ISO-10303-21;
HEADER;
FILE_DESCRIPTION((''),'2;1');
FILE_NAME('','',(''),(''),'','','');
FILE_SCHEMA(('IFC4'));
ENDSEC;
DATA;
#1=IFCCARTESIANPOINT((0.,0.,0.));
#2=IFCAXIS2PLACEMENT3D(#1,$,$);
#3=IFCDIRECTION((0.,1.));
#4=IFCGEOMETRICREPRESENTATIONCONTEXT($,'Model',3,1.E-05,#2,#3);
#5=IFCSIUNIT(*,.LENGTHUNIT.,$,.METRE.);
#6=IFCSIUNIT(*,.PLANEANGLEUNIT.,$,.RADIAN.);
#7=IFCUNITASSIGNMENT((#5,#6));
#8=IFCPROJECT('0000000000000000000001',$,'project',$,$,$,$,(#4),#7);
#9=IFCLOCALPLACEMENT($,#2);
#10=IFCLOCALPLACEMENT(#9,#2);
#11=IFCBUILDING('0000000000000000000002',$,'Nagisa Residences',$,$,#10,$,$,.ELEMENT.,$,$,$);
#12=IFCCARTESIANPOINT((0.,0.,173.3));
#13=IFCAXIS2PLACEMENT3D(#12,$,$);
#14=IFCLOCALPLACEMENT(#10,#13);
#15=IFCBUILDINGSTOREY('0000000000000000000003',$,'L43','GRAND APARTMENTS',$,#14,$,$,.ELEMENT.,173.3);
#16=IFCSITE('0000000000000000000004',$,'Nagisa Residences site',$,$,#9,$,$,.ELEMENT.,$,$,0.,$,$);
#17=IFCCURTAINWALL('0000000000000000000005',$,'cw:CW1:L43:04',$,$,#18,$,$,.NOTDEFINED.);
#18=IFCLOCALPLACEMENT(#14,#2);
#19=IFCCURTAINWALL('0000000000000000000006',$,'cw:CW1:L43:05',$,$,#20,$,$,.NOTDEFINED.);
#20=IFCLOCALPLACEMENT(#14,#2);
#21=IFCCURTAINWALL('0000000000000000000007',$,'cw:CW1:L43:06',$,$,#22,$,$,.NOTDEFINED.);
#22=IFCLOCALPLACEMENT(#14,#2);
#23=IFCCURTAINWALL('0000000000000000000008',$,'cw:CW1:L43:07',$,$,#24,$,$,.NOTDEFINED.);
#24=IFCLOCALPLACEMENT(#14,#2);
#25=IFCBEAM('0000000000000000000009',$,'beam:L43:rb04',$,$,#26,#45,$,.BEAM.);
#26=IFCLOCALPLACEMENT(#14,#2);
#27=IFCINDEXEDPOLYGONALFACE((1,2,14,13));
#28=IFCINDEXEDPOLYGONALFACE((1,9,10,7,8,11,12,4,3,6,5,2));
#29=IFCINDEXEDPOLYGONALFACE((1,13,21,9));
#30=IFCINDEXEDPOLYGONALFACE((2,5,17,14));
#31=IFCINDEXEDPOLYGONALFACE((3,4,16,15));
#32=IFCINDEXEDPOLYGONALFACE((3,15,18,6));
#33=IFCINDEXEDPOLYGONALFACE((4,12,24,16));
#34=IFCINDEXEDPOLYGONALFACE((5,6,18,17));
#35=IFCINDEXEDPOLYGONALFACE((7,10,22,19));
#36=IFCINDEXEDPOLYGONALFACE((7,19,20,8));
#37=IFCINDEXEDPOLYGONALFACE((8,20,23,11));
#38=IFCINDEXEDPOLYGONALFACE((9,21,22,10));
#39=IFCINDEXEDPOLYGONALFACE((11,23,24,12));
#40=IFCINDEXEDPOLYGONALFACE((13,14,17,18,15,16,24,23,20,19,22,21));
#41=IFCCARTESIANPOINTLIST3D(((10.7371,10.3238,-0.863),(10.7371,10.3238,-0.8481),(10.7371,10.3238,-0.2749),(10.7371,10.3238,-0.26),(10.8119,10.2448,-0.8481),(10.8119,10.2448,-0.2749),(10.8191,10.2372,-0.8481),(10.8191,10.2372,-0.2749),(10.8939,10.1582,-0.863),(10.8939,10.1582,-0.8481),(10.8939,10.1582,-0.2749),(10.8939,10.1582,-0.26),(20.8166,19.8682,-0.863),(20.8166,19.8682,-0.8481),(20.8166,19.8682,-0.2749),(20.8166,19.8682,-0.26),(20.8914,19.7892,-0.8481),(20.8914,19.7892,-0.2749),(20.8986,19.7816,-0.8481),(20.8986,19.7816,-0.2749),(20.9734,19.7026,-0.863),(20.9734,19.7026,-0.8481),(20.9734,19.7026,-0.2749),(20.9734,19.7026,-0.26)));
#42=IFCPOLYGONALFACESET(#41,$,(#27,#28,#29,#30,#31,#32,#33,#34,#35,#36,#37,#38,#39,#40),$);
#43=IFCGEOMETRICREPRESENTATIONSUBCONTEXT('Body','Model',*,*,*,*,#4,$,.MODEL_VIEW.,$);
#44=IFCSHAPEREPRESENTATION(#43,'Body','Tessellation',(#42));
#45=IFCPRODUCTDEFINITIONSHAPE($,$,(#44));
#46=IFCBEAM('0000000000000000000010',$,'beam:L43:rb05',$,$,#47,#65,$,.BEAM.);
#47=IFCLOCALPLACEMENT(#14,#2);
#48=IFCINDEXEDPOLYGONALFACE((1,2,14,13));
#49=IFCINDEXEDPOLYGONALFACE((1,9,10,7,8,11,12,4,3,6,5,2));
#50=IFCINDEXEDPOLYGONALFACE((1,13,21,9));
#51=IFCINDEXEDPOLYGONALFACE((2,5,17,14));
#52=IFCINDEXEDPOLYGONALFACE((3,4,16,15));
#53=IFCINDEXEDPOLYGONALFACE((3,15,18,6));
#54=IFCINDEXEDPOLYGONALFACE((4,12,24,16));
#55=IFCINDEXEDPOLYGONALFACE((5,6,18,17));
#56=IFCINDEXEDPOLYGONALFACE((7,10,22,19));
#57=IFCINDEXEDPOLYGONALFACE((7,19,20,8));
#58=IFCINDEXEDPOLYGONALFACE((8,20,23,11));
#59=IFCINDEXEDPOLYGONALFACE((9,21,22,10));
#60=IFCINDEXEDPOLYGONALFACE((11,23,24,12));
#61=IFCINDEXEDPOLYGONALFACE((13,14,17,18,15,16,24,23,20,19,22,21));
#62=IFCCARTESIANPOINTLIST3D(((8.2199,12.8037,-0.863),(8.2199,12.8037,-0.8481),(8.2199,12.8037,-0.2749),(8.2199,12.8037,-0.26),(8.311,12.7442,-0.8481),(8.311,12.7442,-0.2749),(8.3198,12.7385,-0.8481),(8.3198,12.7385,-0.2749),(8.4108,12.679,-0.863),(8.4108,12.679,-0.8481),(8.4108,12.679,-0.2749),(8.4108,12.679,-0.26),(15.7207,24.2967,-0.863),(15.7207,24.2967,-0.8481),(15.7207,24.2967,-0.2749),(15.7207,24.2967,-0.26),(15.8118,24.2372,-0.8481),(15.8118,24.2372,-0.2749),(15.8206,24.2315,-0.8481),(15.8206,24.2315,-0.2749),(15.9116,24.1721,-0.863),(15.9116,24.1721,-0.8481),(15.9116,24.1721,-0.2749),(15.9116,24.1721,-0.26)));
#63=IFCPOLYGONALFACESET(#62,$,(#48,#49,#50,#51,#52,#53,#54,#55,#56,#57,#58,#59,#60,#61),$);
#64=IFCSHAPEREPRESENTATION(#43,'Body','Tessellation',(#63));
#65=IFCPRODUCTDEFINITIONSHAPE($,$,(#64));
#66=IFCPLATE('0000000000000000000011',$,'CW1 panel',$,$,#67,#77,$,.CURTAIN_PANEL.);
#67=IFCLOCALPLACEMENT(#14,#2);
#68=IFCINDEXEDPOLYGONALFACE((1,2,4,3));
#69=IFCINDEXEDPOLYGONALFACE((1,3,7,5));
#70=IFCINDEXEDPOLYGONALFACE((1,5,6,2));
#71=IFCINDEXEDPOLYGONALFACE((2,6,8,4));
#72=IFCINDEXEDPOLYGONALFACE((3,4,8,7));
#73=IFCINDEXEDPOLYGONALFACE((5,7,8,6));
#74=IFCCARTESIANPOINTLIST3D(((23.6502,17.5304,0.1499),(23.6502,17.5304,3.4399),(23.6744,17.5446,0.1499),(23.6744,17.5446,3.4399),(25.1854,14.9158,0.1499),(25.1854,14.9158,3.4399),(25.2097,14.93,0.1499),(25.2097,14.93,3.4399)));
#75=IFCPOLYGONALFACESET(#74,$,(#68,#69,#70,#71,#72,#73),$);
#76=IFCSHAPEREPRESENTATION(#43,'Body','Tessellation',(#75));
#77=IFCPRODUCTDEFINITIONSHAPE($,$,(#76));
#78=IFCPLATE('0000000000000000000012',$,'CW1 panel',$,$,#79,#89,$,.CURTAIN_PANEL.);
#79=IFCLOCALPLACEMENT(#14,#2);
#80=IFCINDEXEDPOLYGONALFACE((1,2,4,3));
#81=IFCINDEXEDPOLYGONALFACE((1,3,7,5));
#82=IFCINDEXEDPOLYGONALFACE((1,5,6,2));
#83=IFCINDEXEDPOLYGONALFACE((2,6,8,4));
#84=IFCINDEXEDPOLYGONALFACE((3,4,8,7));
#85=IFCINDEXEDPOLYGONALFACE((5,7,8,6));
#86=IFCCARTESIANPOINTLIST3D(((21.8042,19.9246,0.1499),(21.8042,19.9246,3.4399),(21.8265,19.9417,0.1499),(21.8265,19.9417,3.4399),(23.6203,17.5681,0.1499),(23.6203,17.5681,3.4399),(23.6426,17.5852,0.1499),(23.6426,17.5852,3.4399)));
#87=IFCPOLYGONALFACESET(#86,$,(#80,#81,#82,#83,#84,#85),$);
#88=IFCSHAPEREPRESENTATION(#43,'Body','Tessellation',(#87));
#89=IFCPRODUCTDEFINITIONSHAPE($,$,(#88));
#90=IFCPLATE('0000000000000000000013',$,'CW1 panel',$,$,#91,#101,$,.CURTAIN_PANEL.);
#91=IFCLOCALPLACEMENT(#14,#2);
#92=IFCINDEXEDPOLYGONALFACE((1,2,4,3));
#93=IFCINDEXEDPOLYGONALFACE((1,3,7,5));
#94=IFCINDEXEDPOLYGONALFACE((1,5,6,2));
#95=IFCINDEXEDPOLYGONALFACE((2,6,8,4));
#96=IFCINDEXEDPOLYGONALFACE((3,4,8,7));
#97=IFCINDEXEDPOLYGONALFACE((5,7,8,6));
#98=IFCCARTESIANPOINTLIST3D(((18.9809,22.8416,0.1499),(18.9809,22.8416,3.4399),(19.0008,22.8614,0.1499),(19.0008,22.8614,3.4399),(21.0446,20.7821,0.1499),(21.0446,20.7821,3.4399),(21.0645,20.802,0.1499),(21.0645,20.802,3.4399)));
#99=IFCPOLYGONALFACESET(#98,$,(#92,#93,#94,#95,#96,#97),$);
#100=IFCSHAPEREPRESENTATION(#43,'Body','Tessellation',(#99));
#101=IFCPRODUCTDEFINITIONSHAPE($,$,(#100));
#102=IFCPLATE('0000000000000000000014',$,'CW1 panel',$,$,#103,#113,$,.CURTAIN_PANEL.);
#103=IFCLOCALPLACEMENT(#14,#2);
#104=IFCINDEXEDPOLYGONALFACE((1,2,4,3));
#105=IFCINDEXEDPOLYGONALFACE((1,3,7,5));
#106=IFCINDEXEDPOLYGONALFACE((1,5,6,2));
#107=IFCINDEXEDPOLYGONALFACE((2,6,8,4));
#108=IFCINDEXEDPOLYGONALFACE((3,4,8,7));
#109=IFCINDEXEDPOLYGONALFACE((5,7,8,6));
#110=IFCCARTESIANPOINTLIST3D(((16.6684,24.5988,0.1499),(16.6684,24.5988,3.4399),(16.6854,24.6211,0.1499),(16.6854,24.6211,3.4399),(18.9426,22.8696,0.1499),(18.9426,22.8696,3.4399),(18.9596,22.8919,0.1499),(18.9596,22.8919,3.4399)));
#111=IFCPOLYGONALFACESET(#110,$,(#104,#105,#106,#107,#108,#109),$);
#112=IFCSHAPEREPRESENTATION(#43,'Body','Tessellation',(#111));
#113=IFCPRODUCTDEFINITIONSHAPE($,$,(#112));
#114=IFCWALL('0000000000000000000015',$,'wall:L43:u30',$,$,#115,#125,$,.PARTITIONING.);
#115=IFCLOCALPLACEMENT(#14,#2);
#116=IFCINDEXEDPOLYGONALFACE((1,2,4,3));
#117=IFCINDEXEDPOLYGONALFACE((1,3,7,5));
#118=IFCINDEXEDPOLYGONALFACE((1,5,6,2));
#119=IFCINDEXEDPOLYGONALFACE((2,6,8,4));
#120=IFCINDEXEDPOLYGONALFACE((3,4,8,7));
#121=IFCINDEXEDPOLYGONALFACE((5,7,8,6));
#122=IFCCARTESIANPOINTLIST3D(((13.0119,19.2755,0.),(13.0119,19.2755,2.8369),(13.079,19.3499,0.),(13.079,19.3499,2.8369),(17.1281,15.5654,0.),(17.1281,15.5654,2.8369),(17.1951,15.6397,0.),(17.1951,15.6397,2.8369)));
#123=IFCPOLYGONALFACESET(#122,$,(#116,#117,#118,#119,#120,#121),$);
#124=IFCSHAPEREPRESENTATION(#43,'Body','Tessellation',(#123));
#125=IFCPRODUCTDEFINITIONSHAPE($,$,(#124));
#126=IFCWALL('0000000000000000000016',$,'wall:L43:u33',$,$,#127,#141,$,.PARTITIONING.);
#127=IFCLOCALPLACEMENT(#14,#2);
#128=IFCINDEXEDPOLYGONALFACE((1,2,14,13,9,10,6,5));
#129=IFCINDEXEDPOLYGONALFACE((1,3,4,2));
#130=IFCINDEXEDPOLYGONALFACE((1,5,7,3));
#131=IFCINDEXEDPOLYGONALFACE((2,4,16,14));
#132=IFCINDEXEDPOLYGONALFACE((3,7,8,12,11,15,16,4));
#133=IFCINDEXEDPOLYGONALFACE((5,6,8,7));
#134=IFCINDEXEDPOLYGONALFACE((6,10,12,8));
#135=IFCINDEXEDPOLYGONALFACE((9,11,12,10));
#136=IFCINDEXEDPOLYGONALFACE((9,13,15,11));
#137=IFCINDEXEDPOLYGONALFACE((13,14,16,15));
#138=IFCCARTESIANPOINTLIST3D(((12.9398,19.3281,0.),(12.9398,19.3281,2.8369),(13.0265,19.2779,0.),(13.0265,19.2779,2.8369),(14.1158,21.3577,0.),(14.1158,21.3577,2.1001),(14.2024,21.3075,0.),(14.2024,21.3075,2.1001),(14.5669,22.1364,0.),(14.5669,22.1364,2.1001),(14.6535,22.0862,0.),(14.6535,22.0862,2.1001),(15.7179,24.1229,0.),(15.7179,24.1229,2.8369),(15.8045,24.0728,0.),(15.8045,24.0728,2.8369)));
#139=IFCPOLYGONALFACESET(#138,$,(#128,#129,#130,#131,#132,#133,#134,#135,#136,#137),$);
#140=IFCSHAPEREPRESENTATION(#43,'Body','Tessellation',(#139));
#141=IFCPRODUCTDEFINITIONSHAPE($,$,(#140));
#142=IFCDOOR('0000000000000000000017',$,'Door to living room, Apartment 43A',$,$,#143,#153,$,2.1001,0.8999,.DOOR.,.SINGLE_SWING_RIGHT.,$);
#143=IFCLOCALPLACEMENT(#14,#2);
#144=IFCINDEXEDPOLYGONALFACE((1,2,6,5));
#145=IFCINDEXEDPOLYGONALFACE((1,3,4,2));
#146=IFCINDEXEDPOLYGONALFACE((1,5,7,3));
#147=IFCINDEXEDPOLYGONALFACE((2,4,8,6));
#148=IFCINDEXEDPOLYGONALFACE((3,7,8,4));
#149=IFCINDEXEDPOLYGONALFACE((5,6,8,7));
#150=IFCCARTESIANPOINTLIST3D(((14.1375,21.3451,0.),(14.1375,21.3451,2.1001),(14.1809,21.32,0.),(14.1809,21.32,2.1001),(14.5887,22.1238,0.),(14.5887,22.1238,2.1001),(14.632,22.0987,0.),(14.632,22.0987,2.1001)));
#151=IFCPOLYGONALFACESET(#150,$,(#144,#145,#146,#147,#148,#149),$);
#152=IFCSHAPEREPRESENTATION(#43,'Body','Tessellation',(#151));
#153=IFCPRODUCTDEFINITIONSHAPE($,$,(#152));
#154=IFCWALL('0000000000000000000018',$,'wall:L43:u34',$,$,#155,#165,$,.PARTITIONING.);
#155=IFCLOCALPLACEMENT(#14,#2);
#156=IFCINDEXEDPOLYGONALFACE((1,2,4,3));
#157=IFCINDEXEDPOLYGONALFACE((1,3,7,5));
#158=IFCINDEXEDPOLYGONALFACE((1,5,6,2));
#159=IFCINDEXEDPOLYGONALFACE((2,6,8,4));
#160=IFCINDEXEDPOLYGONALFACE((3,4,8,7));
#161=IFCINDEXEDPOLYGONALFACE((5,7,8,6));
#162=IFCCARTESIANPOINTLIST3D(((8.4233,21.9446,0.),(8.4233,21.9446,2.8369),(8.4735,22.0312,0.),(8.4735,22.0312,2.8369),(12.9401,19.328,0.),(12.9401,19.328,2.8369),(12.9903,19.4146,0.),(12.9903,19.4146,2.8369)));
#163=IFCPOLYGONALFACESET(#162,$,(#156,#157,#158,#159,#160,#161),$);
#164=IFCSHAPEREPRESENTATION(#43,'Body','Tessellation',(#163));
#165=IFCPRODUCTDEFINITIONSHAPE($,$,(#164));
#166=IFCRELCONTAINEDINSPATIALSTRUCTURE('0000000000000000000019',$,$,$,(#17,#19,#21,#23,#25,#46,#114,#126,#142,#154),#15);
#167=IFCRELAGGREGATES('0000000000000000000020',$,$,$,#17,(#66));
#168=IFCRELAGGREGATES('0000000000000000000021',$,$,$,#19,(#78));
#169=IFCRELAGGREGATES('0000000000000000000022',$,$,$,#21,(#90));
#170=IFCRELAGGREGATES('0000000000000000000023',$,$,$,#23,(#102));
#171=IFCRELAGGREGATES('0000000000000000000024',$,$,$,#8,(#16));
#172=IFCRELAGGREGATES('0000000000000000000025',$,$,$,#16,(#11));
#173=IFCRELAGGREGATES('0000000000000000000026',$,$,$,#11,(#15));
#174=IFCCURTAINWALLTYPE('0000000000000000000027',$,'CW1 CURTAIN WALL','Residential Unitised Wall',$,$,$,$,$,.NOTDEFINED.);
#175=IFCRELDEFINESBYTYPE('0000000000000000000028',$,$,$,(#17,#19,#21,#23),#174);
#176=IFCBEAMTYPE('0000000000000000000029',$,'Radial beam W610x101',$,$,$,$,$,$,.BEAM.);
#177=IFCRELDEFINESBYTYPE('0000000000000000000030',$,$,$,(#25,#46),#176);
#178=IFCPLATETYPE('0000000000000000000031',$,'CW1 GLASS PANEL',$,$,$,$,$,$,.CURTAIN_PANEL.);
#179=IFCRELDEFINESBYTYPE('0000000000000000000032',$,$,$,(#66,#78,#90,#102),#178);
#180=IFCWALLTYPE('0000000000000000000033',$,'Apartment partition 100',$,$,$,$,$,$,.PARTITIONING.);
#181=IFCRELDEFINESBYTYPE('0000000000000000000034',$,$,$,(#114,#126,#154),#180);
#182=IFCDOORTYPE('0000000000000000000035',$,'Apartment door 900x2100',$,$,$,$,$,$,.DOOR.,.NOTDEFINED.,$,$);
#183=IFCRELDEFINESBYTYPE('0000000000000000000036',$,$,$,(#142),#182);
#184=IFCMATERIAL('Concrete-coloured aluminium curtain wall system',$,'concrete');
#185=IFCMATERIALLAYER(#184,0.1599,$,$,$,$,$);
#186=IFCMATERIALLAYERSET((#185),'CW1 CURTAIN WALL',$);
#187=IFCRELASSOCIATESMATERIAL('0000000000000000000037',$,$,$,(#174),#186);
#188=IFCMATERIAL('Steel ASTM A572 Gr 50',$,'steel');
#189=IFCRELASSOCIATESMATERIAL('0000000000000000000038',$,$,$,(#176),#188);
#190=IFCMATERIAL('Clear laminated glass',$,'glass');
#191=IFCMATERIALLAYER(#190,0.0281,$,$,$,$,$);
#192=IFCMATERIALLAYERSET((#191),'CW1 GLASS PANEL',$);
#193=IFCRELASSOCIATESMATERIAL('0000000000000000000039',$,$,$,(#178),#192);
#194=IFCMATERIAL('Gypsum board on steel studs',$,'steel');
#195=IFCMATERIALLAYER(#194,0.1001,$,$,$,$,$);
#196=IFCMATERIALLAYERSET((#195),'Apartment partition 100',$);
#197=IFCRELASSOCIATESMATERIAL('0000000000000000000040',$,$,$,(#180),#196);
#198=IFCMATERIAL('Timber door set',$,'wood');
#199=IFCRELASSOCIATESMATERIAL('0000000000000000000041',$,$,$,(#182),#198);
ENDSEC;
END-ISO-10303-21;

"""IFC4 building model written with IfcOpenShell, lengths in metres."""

from ifc_helpers import new_model, si_unit, direction, frame, frame_2d, origin, origin_2d, place, context, subcontext, project, spatial, rectangle, i_section, extrude, material, layer, layer_set, material_profile, profile_set, type_object, element, fill, aggregate, save


model = new_model("IFC4")

# Units and contexts
model_context = context("Model", 3, precision=1e-05, world=origin(), true_north=direction((0.0, 1.0)))
body_context = subcontext(model_context, "Body", "Model", "MODEL_VIEW")
ifc_project = project(units=[si_unit("LENGTHUNIT", "METRE"), si_unit("PLANEANGLEUNIT", "RADIAN")], contexts=[model_context])

# Site, building, storey
site_placement = place(None, origin())
site = spatial("IfcSite", under=ifc_project, at=site_placement, Name="Nagisa Residences site", CompositionType="ELEMENT", RefElevation=0.0)
building_placement = place(site_placement, origin())
building = spatial("IfcBuilding", under=site, at=building_placement, Name="Nagisa Residences", CompositionType="ELEMENT")
storey_placement = place(building_placement, frame((0.0, 0.0, 173.3)))
storey = spatial("IfcBuildingStorey", under=building, at=storey_placement, Name="L43", Description="GRAND APARTMENTS", CompositionType="ELEMENT", Elevation=173.3)

# Curtain walls
ifc_material_1 = material(Name="Concrete-coloured aluminium curtain wall system", Category="concrete")
ifc_layer_1 = layer(ifc_material_1, 0.1599)
ifc_layer_set_1 = layer_set([ifc_layer_1], Name="CW1 CURTAIN WALL")
curtain_wall_type = type_object("IfcCurtainWallType", Name="CW1 CURTAIN WALL", Description="Residential Unitised Wall", PredefinedType="NOTDEFINED", material=ifc_layer_set_1)
curtain_wall_1_placement = place(storey_placement, origin())
curtain_wall_1 = element("IfcCurtainWall", 1, at=curtain_wall_1_placement, inside=storey, type_object=curtain_wall_type, Name="cw:CW1:L43:04", PredefinedType="NOTDEFINED")
curtain_wall_2_placement = place(storey_placement, origin())
curtain_wall_2 = element("IfcCurtainWall", 2, at=curtain_wall_2_placement, inside=storey, type_object=curtain_wall_type, Name="cw:CW1:L43:05", PredefinedType="NOTDEFINED")
curtain_wall_3_placement = place(storey_placement, origin())
curtain_wall_3 = element("IfcCurtainWall", 3, at=curtain_wall_3_placement, inside=storey, type_object=curtain_wall_type, Name="cw:CW1:L43:06", PredefinedType="NOTDEFINED")
curtain_wall_4_placement = place(storey_placement, origin())
curtain_wall_4 = element("IfcCurtainWall", 4, at=curtain_wall_4_placement, inside=storey, type_object=curtain_wall_type, Name="cw:CW1:L43:07", PredefinedType="NOTDEFINED")

# Beams
ifc_material_2 = material(Name="Steel ASTM A572 Gr 50", Category="steel")
ifc_material_profile_1 = material_profile(ifc_material_2, i_section(OverallWidth=0.228, OverallDepth=0.603, WebThickness=0.0105, FlangeThickness=0.0149, at=origin_2d()), Name="W610x101")
ifc_profile_set_1 = profile_set([ifc_material_profile_1], Name="Steel ASTM A572 Gr 50")
beam_type_1 = type_object("IfcBeamType", Name="Radial beam W610x101", PredefinedType="BEAM", material=ifc_profile_set_1)
beam_1_placement = place(storey_placement, frame((20.895, 19.7854, -0.5615), z_axis=(-0.72612, -0.687568, 0.0), x_axis=(0.687568, -0.72612, 0.0)))
element("IfcBeam", 5, at=beam_1_placement, inside=storey, type_object=beam_type_1, Name="beam:L43:rb04", PredefinedType="BEAM", context=body_context, shape_type="SweptSolid", body=[
    extrude(i_section(OverallWidth=0.228, OverallDepth=0.603, WebThickness=0.0105, FlangeThickness=0.0149, at=origin_2d()), origin(), (0.0, 0.0, 1.0), 13.8813),
])
beam_2_placement = place(storey_placement, frame((15.8162, 24.2344, -0.5615), z_axis=(-0.546541, -0.837432, 0.0), x_axis=(0.837432, -0.546541, 0.0)))
element("IfcBeam", 6, at=beam_2_placement, inside=storey, type_object=beam_type_1, Name="beam:L43:rb05", PredefinedType="BEAM", context=body_context, shape_type="SweptSolid", body=[
    extrude(i_section(OverallWidth=0.228, OverallDepth=0.603, WebThickness=0.0105, FlangeThickness=0.0149, at=origin_2d()), origin(), (0.0, 0.0, 1.0), 13.7241),
])

# Plates
ifc_material_3 = material(Name="Clear laminated glass", Category="glass")
ifc_layer_2 = layer(ifc_material_3, 0.0281)
ifc_layer_set_2 = layer_set([ifc_layer_2], Name="CW1 GLASS PANEL")
plate_type = type_object("IfcPlateType", Name="CW1 GLASS PANEL", PredefinedType="CURTAIN_PANEL", material=ifc_layer_set_2)
plate_1_placement = place(storey_placement, frame((24.4299, 16.2302, 0.1499), z_axis=(0.0, 0.0, 1.0), x_axis=(-0.506349, 0.862329, 0.0)))
plate_1 = element("IfcPlate", 7, at=plate_1_placement, type_object=plate_type, Name="CW1 panel", PredefinedType="CURTAIN_PANEL", context=body_context, shape_type="SweptSolid", body=[
    extrude(rectangle(XDim=3.032, YDim=0.0281, at=origin_2d()), origin(), (0.0, 0.0, 1.0), 3.29),
])
aggregate(curtain_wall_1, [plate_1])
plate_2_placement = place(storey_placement, frame((22.7234, 18.7549, 0.1499), z_axis=(0.0, 0.0, 1.0), x_axis=(-0.61043, 0.79207, 0.0)))
plate_2 = element("IfcPlate", 8, at=plate_2_placement, type_object=plate_type, Name="CW1 panel", PredefinedType="CURTAIN_PANEL", context=body_context, shape_type="SweptSolid", body=[
    extrude(rectangle(XDim=2.9751, YDim=0.0281, at=origin_2d()), origin(), (0.0, 0.0, 1.0), 3.29),
])
aggregate(curtain_wall_2, [plate_2])
plate_3_placement = place(storey_placement, frame((20.0227, 21.8218, 0.1499), z_axis=(0.0, 0.0, 1.0), x_axis=(-0.707836, 0.706377, 0.0)))
plate_3 = element("IfcPlate", 9, at=plate_3_placement, type_object=plate_type, Name="CW1 panel", PredefinedType="CURTAIN_PANEL", context=body_context, shape_type="SweptSolid", body=[
    extrude(rectangle(XDim=2.9155, YDim=0.0281, at=origin_2d()), origin(), (0.0, 0.0, 1.0), 3.29),
])
aggregate(curtain_wall_3, [plate_3])
plate_4_placement = place(storey_placement, frame((17.814, 23.7454, 0.1499), z_axis=(0.0, 0.0, 1.0), x_axis=(-0.796031, 0.605255, 0.0)))
plate_4 = element("IfcPlate", 10, at=plate_4_placement, type_object=plate_type, Name="CW1 panel", PredefinedType="CURTAIN_PANEL", context=body_context, shape_type="SweptSolid", body=[
    extrude(rectangle(XDim=2.8569, YDim=0.0281, at=origin_2d()), origin(), (0.0, 0.0, 1.0), 3.29),
])
aggregate(curtain_wall_4, [plate_4])

# Wall
ifc_material_4 = material(Name="Gypsum board on steel studs", Category="steel")
ifc_layer_3 = layer(ifc_material_4, 0.1001)
ifc_layer_set_3 = layer_set([ifc_layer_3], Name="Apartment partition 100")
wall_type_1 = type_object("IfcWallType", Name="Apartment partition 100", PredefinedType="PARTITIONING", material=ifc_layer_set_3)
wall_1_placement = place(storey_placement, frame((17.1616, 15.6025, 0.0), z_axis=(0.0, 0.0, 1.0), x_axis=(-0.74279, 0.669524, 0.0)))
element("IfcWall", 11, at=wall_1_placement, inside=storey, type_object=wall_type_1, Name="wall:L43:u30", PredefinedType="PARTITIONING", context=body_context, shape_type="SweptSolid", body=[
    extrude(rectangle(XDim=5.5415, YDim=0.1001, at=frame_2d((2.7708, 0.0))), origin(), (0.0, 0.0, 1.0), 2.8369),
])

# Wall, opening, door
wall_2_placement = place(storey_placement, frame((12.9832, 19.303, 0.0), z_axis=(0.0, 0.0, 1.0), x_axis=(0.501316, 0.865264, 0.0)))
wall_2 = element("IfcWall", 12, at=wall_2_placement, inside=storey, type_object=wall_type_1, Name="wall:L43:u33", PredefinedType="PARTITIONING", context=body_context, shape_type="SweptSolid", body=[
    extrude(rectangle(XDim=5.5415, YDim=0.1001, at=frame_2d((2.7708, 0.0))), origin(), (0.0, 0.0, 1.0), 2.8369),
])
opening_1_placement = place(wall_2_placement, frame((2.3457, 0.0, 0.0)))
opening_1 = element("IfcOpeningElement", 13, at=opening_1_placement, cuts=wall_2, PredefinedType="OPENING", context=body_context, shape_type="SweptSolid", body=[
    extrude(rectangle(XDim=0.8999, YDim=2.1001, at=frame_2d((0.45, 1.05))), frame((0.0, 0.0601, 0.0), z_axis=(0.0, -1.0, 0.0), x_axis=(1.0, 0.0, 0.0)), (0.0, 0.0, 1.0), 0.1201),
])
ifc_material_5 = material(Name="Timber door set", Category="wood")
door_type_1 = type_object("IfcDoorType", Name="Apartment door 900x2100", OperationType="NOTDEFINED", PredefinedType="DOOR", material=ifc_material_5)
door_1_placement = place(opening_1_placement, origin())
door_1 = element("IfcDoor", 14, at=door_1_placement, inside=storey, type_object=door_type_1, Name="Door to living room, Apartment 43A", OperationType="SINGLE_SWING_RIGHT", OverallHeight=2.1001, OverallWidth=0.8999, PredefinedType="DOOR", context=body_context, shape_type="SweptSolid", body=[
    extrude(rectangle(XDim=0.8999, YDim=2.1001, at=frame_2d((0.45, 1.05))), frame((0.0, 0.0249, 0.0), z_axis=(0.0, -1.0, 0.0), x_axis=(1.0, 0.0, 0.0)), (0.0, 0.0, 1.0), 0.05),
])
fill(opening_1, door_1)

# Wall
wall_3_placement = place(storey_placement, frame((12.9651, 19.3713, 0.0), z_axis=(0.0, 0.0, 1.0), x_axis=(-0.865286, 0.501278, 0.0)))
element("IfcWall", 15, at=wall_3_placement, inside=storey, type_object=wall_type_1, Name="wall:L43:u34", PredefinedType="PARTITIONING", context=body_context, shape_type="SweptSolid", body=[
    extrude(rectangle(XDim=5.22, YDim=0.1001, at=frame_2d((2.6099, 0.0))), origin(), (0.0, 0.0, 1.0), 2.8369),
])

save(model, "model.ifc")
